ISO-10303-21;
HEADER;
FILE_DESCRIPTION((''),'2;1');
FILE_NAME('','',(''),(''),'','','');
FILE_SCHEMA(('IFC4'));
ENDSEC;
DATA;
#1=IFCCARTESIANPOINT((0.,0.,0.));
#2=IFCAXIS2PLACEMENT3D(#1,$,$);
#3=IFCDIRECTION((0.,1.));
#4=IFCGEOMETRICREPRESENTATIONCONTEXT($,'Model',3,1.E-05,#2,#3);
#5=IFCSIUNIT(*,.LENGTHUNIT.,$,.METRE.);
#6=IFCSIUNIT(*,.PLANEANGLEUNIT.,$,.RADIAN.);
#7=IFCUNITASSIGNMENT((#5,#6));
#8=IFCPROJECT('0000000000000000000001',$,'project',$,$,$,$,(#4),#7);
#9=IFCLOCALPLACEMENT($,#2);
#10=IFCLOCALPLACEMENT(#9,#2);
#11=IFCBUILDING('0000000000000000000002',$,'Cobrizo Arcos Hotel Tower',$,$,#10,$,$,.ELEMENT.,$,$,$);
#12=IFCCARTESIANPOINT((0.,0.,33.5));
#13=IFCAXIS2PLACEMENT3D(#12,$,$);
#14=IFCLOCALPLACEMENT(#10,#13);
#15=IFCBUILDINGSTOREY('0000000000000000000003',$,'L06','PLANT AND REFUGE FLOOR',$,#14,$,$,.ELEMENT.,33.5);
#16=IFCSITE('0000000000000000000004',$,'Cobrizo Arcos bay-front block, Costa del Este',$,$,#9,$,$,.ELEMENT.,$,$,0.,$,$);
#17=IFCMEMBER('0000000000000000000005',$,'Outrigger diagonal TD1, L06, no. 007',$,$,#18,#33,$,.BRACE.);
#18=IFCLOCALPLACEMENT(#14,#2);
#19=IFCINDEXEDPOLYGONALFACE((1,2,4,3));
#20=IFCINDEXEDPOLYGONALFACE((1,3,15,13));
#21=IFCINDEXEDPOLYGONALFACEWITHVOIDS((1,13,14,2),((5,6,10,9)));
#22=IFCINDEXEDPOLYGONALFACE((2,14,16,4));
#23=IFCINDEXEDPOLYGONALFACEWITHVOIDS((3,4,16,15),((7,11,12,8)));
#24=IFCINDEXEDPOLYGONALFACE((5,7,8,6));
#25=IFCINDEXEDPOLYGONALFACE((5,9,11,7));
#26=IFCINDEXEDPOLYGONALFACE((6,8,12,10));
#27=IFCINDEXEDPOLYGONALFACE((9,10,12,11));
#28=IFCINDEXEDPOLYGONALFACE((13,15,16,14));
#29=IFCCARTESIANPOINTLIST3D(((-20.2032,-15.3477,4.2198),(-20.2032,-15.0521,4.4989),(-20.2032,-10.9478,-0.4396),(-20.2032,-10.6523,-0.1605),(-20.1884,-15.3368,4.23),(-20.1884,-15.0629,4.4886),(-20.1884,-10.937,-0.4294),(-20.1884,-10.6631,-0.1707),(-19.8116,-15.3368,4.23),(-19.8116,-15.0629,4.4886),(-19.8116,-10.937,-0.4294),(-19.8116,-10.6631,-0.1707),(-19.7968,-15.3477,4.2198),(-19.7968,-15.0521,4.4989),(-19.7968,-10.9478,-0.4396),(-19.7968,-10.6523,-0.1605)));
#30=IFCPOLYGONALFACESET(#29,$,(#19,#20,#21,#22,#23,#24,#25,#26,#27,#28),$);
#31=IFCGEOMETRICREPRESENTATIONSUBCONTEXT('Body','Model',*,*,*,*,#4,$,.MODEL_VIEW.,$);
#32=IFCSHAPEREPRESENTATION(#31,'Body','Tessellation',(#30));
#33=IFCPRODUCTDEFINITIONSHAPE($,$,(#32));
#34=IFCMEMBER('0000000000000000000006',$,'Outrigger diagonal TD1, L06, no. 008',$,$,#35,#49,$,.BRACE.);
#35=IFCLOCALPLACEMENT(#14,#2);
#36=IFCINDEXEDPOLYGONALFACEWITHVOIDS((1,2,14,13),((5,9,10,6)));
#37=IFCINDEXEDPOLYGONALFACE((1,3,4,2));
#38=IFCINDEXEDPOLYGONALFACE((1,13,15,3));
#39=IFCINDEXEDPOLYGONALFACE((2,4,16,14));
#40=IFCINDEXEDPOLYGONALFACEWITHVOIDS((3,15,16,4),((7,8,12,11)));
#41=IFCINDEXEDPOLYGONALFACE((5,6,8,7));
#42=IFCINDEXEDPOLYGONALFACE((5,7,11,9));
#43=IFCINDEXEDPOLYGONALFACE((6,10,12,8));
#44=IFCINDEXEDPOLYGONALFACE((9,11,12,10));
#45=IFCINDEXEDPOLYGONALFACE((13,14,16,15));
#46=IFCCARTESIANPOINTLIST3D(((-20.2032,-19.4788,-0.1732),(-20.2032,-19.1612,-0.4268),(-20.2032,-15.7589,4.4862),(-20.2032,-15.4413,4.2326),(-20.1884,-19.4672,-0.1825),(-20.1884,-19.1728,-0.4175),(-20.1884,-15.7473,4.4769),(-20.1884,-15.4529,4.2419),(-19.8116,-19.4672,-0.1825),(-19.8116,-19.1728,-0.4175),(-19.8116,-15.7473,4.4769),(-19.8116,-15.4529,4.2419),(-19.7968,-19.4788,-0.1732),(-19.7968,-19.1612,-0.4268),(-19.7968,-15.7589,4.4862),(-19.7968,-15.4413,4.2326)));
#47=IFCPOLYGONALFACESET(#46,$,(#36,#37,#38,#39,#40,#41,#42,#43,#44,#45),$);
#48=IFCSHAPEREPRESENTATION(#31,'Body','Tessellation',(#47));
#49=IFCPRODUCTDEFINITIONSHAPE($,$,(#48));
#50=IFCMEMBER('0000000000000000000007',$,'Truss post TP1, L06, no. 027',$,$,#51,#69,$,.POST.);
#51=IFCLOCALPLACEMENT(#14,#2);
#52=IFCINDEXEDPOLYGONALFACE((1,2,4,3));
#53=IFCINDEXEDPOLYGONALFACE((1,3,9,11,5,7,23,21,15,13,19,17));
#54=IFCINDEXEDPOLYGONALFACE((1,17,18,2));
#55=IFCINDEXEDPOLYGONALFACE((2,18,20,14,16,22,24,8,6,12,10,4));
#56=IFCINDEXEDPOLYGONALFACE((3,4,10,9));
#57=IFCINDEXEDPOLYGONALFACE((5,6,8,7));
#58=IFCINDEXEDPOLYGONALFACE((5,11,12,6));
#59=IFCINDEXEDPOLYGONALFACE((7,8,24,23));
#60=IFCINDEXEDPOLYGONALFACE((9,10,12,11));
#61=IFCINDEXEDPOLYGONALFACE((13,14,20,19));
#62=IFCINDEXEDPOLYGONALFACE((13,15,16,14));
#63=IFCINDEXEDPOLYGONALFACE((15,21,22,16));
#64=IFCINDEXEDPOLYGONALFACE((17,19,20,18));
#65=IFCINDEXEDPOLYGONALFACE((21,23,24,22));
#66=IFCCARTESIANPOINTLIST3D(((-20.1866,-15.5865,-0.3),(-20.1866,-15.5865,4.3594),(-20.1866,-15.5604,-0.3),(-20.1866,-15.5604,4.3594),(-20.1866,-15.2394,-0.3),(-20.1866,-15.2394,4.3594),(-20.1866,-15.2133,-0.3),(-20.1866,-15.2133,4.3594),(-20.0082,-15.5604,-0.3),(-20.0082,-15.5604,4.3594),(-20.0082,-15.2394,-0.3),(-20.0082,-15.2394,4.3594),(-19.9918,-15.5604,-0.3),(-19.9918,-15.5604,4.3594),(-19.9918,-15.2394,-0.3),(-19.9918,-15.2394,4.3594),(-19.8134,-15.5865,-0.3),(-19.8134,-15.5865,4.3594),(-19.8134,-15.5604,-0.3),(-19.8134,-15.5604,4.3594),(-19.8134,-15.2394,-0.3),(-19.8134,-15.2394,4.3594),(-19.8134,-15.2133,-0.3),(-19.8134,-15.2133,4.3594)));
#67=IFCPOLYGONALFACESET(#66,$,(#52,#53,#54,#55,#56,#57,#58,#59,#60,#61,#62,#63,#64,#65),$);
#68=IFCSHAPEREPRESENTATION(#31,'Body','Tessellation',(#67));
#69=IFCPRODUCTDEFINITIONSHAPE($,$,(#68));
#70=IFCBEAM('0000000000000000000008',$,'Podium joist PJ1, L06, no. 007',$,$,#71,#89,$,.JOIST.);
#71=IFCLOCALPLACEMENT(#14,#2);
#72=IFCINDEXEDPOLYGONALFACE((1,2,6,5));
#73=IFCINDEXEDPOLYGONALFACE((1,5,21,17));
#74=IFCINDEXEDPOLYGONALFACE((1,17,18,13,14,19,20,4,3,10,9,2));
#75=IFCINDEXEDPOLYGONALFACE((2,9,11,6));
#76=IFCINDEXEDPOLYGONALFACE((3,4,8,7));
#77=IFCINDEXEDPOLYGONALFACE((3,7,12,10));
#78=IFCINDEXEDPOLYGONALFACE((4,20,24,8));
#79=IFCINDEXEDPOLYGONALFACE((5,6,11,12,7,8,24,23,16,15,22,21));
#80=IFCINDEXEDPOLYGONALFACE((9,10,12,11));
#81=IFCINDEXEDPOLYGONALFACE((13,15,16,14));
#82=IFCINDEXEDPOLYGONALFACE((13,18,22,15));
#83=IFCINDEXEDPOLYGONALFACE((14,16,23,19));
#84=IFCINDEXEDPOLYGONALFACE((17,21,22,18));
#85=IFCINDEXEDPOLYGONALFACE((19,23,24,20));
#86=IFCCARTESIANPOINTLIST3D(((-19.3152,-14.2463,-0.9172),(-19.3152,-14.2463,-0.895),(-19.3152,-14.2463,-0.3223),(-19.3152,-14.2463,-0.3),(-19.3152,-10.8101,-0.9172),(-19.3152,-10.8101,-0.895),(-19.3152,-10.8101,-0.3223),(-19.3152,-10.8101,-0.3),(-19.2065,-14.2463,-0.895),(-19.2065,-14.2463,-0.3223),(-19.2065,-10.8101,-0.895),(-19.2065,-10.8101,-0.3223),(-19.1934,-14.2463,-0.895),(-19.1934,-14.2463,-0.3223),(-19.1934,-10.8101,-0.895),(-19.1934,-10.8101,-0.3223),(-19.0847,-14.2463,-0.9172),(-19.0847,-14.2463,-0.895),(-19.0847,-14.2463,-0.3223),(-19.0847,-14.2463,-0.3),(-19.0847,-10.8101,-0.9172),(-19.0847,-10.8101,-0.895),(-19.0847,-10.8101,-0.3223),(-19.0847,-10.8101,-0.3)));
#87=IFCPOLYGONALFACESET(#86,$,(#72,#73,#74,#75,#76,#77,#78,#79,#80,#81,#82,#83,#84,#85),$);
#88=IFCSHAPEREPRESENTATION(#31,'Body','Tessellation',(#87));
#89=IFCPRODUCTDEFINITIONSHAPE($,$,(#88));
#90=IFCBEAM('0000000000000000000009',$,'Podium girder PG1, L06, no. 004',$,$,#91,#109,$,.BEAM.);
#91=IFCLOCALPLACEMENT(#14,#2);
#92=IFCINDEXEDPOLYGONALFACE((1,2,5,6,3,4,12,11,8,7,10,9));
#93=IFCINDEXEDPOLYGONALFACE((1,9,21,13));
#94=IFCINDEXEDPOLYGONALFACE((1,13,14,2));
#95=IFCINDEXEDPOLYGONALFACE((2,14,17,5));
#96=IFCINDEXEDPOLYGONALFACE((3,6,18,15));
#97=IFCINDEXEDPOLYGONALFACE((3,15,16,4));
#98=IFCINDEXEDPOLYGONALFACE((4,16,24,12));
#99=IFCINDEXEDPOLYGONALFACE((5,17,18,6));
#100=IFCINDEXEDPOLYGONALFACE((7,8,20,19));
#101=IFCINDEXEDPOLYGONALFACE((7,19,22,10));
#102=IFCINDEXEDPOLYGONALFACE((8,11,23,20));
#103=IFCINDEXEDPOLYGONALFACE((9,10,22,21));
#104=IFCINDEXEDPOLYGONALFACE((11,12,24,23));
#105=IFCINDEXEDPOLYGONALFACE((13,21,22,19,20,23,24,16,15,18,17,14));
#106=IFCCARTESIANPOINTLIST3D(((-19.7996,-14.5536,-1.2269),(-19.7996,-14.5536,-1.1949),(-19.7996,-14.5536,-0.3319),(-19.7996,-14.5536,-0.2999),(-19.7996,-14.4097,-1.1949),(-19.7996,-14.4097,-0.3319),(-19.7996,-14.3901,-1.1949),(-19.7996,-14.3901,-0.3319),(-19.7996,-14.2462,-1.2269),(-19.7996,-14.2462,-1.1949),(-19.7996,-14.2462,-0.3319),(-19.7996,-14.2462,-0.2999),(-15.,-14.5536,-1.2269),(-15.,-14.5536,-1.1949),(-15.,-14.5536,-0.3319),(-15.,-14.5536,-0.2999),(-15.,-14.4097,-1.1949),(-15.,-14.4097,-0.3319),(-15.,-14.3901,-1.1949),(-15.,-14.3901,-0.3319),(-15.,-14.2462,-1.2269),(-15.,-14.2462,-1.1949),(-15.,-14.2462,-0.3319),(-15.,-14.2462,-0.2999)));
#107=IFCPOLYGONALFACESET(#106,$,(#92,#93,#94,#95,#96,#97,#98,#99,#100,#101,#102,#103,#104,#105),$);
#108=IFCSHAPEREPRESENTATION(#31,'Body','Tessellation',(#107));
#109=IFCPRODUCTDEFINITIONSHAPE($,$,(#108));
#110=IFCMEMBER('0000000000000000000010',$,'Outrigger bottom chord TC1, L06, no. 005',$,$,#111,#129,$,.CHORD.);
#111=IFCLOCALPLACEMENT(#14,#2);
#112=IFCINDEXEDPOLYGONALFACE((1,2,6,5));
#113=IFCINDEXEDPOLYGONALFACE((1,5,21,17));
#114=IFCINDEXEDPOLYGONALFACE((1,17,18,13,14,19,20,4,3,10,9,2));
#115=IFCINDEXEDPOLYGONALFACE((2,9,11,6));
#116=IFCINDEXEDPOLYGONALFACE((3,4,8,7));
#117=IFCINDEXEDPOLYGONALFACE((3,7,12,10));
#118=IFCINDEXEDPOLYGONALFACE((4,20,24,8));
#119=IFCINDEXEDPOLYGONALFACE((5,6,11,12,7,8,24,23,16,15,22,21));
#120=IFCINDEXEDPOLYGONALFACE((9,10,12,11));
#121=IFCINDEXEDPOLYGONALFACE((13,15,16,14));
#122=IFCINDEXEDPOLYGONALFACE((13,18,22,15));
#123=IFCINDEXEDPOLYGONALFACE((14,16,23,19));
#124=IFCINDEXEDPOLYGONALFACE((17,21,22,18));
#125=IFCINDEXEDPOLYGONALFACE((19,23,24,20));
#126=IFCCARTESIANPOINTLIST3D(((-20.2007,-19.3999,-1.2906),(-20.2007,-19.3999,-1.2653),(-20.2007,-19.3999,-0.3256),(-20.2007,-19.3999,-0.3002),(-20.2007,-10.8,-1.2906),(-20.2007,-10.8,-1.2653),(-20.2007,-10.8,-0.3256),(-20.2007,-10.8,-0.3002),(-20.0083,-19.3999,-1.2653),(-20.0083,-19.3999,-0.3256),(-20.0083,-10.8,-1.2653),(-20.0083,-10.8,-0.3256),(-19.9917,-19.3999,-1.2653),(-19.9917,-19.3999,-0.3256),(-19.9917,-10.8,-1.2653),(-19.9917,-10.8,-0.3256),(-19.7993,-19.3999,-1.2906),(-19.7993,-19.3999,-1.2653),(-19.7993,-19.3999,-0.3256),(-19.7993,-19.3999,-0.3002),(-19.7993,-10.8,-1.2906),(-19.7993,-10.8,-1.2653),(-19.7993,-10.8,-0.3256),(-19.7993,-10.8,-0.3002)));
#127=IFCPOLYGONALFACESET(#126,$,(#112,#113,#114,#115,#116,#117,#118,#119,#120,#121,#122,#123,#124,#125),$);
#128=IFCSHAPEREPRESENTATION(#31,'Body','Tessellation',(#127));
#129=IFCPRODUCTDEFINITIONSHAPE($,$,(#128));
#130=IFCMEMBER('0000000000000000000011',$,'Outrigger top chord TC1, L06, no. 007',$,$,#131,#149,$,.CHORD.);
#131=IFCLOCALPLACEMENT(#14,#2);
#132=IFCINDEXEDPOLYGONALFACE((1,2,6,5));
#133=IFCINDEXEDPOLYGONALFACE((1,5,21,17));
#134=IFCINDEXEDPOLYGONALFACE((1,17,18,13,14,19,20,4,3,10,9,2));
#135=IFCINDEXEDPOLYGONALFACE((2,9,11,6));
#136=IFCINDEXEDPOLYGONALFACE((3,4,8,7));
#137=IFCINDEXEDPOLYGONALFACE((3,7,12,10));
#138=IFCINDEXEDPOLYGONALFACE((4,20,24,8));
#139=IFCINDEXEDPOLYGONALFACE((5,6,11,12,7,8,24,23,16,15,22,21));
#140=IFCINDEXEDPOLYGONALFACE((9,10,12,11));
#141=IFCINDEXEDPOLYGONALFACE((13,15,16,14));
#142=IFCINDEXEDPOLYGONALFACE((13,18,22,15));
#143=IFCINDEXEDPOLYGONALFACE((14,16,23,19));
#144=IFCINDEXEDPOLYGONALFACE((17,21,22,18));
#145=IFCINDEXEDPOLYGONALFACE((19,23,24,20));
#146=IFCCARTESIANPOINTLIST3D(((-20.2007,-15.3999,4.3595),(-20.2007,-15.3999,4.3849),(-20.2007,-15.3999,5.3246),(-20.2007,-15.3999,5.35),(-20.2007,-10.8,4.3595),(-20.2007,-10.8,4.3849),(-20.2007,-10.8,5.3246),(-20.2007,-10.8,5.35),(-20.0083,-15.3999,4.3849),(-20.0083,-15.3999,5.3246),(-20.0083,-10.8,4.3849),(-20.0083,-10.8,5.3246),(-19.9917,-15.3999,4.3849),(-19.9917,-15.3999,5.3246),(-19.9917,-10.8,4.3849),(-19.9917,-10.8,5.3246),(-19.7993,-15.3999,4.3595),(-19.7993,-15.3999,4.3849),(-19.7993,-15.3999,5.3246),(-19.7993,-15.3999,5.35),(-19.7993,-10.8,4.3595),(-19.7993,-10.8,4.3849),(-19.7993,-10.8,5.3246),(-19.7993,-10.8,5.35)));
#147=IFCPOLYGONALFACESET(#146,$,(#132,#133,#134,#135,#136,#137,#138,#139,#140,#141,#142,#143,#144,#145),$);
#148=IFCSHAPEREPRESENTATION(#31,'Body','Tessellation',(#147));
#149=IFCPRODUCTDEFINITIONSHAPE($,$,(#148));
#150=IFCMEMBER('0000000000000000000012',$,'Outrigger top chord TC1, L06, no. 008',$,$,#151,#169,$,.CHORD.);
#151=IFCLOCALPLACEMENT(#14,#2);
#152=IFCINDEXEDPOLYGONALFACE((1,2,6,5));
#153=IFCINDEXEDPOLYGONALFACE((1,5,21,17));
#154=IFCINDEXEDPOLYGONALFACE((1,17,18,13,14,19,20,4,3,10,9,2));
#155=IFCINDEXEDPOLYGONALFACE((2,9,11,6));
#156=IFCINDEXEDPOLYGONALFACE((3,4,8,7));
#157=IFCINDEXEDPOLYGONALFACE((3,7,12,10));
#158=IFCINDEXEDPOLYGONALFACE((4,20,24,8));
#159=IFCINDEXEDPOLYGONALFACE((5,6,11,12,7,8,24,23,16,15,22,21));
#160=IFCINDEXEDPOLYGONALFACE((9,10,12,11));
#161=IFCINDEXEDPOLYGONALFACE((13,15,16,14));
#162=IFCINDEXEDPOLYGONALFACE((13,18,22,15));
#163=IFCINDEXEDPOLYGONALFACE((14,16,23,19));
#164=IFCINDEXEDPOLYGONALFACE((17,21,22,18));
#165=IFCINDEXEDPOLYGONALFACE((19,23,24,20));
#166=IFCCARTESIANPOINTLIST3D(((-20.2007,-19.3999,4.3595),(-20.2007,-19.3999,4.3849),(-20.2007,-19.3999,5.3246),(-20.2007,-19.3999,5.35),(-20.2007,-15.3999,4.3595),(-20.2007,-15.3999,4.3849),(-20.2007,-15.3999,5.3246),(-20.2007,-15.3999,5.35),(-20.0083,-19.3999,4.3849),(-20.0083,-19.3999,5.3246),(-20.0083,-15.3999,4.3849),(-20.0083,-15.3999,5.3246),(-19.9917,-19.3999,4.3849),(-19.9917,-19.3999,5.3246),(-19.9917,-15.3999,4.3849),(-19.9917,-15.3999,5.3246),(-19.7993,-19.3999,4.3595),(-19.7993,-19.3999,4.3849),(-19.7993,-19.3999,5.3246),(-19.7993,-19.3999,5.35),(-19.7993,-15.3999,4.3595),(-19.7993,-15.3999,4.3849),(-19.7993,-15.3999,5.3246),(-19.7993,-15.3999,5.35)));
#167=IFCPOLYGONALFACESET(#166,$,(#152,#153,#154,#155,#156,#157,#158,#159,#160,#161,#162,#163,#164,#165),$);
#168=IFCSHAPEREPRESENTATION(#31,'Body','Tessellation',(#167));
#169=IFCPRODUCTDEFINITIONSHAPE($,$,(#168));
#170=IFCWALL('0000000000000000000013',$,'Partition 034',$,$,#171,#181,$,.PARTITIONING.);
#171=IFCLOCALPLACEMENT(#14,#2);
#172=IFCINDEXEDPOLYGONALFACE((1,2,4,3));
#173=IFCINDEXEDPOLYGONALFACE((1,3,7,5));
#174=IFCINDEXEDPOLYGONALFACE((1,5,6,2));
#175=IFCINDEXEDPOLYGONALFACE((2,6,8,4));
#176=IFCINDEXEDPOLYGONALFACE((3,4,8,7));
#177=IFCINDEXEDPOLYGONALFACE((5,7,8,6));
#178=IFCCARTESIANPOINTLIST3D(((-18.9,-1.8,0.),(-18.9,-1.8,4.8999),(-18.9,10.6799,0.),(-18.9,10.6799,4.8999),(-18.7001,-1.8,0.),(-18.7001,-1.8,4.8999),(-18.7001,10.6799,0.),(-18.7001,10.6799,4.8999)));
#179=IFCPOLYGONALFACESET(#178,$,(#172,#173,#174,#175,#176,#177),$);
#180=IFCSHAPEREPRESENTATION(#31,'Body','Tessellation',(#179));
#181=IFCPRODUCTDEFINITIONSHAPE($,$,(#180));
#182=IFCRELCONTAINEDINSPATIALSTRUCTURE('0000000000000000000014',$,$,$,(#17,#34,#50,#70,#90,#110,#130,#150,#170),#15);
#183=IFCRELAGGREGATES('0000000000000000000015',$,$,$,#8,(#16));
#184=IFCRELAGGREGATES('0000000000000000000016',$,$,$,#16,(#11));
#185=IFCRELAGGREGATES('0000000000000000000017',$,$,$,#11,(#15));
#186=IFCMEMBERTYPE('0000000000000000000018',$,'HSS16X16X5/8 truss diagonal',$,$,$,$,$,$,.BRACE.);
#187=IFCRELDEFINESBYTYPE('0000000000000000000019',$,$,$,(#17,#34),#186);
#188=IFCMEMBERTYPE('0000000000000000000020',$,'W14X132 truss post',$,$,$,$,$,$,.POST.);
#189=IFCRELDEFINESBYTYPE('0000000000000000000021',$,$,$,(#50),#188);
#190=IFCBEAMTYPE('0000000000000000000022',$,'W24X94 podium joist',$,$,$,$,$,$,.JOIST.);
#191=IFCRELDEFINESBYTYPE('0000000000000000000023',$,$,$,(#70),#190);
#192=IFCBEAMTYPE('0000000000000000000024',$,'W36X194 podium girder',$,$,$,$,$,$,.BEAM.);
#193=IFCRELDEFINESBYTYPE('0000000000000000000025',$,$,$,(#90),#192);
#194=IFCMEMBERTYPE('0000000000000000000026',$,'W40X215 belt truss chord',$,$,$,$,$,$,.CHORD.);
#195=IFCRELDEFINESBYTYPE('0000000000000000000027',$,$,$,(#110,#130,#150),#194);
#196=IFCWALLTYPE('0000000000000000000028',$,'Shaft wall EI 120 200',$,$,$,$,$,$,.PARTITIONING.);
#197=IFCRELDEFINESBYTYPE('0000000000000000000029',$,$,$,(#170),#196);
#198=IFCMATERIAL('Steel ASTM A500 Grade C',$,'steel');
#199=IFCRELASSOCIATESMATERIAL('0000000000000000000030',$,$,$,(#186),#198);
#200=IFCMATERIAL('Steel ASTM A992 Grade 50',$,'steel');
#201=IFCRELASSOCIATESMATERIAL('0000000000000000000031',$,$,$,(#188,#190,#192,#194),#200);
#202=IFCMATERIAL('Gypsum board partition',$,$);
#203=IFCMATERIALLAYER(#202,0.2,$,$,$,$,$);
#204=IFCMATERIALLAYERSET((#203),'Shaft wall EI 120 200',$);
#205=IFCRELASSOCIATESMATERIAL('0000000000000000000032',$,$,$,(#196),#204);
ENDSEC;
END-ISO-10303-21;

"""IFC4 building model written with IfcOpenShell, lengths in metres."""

from ifc_helpers import new_model, si_unit, direction, frame, frame_2d, origin, origin_2d, place, context, subcontext, project, spatial, rectangle, hollow_rectangle, i_section, extrude, material, layer, layer_set, material_profile, profile_set, type_object, element, save


model = new_model("IFC4")

# Units and contexts
model_context = context("Model", 3, precision=1e-05, world=origin(), true_north=direction((0.0, 1.0)))
body_context = subcontext(model_context, "Body", "Model", "MODEL_VIEW")
ifc_project = project(units=[si_unit("LENGTHUNIT", "METRE"), si_unit("PLANEANGLEUNIT", "RADIAN")], contexts=[model_context])

# Site, building, storey
site_placement = place(None, origin())
site = spatial("IfcSite", under=ifc_project, at=site_placement, Name="Cobrizo Arcos bay-front block, Costa del Este", CompositionType="ELEMENT", RefElevation=0.0)
building_placement = place(site_placement, origin())
building = spatial("IfcBuilding", under=site, at=building_placement, Name="Cobrizo Arcos Hotel Tower", CompositionType="ELEMENT")
storey_placement = place(building_placement, frame((0.0, 0.0, 33.5)))
storey = spatial("IfcBuildingStorey", under=building, at=storey_placement, Name="L06", Description="PLANT AND REFUGE FLOOR", CompositionType="ELEMENT", Elevation=33.5)

# Members
ifc_material_1 = material(Name="Steel ASTM A500 Grade C", Category="steel")
ifc_material_profile_1 = material_profile(ifc_material_1, hollow_rectangle(XDim=0.4065, YDim=0.4065, WallThickness=0.0149, at=origin_2d()), Name="HSS16X16X5/8")
ifc_profile_set_1 = profile_set([ifc_material_profile_1], Name="Steel ASTM A500 Grade C")
member_type_1 = type_object("IfcMemberType", Name="HSS16X16X5/8 truss diagonal", PredefinedType="BRACE", material=ifc_profile_set_1)
member_1_placement = place(storey_placement, frame((-20.0, -10.8, -0.3), z_axis=(0.0, -0.686569, 0.727065), x_axis=(1.0, 0.0, 0.0)))
element("IfcMember", 1, at=member_1_placement, inside=storey, type_object=member_type_1, Name="Outrigger diagonal TD1, L06, no. 007", PredefinedType="BRACE", context=body_context, shape_type="SweptSolid", body=[
    extrude(hollow_rectangle(XDim=0.4065, YDim=0.4065, WallThickness=0.0149, at=origin_2d()), origin(), (0.0, 0.0, 1.0), 6.4084),
])
member_2_placement = place(storey_placement, frame((-20.0, -15.6001, 4.3594), z_axis=(0.0, -0.623921, -0.781488), x_axis=(1.0, 0.0, 0.0)))
element("IfcMember", 2, at=member_2_placement, inside=storey, type_object=member_type_1, Name="Outrigger diagonal TD1, L06, no. 008", PredefinedType="BRACE", context=body_context, shape_type="SweptSolid", body=[
    extrude(hollow_rectangle(XDim=0.4065, YDim=0.4065, WallThickness=0.0149, at=origin_2d()), origin(), (0.0, 0.0, 1.0), 5.9622),
])
ifc_material_2 = material(Name="Steel ASTM A992 Grade 50", Category="steel")
ifc_material_profile_2 = material_profile(ifc_material_2, i_section(OverallWidth=0.3733, OverallDepth=0.3733, WebThickness=0.0164, FlangeThickness=0.0261, at=origin_2d()), Name="W14X132")
ifc_profile_set_2 = profile_set([ifc_material_profile_2], Name="Steel ASTM A992 Grade 50")
member_type_2 = type_object("IfcMemberType", Name="W14X132 truss post", PredefinedType="POST", material=ifc_profile_set_2)
member_3_placement = place(storey_placement, frame((-20.0, -15.3999, -0.3), z_axis=(0.0, 0.0, 1.0), x_axis=(1.0, 0.0, 0.0)))
element("IfcMember", 3, at=member_3_placement, inside=storey, type_object=member_type_2, Name="Truss post TP1, L06, no. 027", PredefinedType="POST", context=body_context, shape_type="SweptSolid", body=[
    extrude(i_section(OverallWidth=0.3733, OverallDepth=0.3733, WebThickness=0.0164, FlangeThickness=0.0261, at=origin_2d()), origin(), (0.0, 0.0, 1.0), 4.6594),
])

# Beams
ifc_material_profile_3 = material_profile(ifc_material_2, i_section(OverallWidth=0.2305, OverallDepth=0.6172, WebThickness=0.0132, FlangeThickness=0.0222, at=origin_2d()), Name="W24X94")
ifc_profile_set_3 = profile_set([ifc_material_profile_3], Name="Steel ASTM A992 Grade 50")
beam_type_1 = type_object("IfcBeamType", Name="W24X94 podium joist", PredefinedType="JOIST", material=ifc_profile_set_3)
beam_1_placement = place(storey_placement, frame((-19.2, -14.2463, -0.6086), z_axis=(0.0, 1.0, 0.0), x_axis=(-1.0, 0.0, 0.0)))
element("IfcBeam", 4, at=beam_1_placement, inside=storey, type_object=beam_type_1, Name="Podium joist PJ1, L06, no. 007", PredefinedType="JOIST", context=body_context, shape_type="SweptSolid", body=[
    extrude(i_section(OverallWidth=0.2305, OverallDepth=0.6172, WebThickness=0.0132, FlangeThickness=0.0222, at=origin_2d()), origin(), (0.0, 0.0, 1.0), 3.4363),
])
ifc_material_profile_4 = material_profile(ifc_material_2, i_section(OverallWidth=0.3074, OverallDepth=0.927, WebThickness=0.0195, FlangeThickness=0.032, at=origin_2d()), Name="W36X194")
ifc_profile_set_4 = profile_set([ifc_material_profile_4], Name="Steel ASTM A992 Grade 50")
beam_type_2 = type_object("IfcBeamType", Name="W36X194 podium girder", PredefinedType="BEAM", material=ifc_profile_set_4)
beam_2_placement = place(storey_placement, frame((-19.7996, -14.3999, -0.7634), z_axis=(1.0, 0.0, 0.0), x_axis=(0.0, 1.0, 0.0)))
element("IfcBeam", 5, at=beam_2_placement, inside=storey, type_object=beam_type_2, Name="Podium girder PG1, L06, no. 004", PredefinedType="BEAM", context=body_context, shape_type="SweptSolid", body=[
    extrude(i_section(OverallWidth=0.3074, OverallDepth=0.927, WebThickness=0.0195, FlangeThickness=0.032, at=origin_2d()), origin(), (0.0, 0.0, 1.0), 4.7996),
])

# Members
ifc_material_profile_5 = material_profile(ifc_material_2, i_section(OverallWidth=0.4014, OverallDepth=0.9905, WebThickness=0.0166, FlangeThickness=0.0254, at=origin_2d()), Name="W40X215")
ifc_profile_set_5 = profile_set([ifc_material_profile_5], Name="Steel ASTM A992 Grade 50")
member_type_3 = type_object("IfcMemberType", Name="W40X215 belt truss chord", PredefinedType="CHORD", material=ifc_profile_set_5)
member_4_placement = place(storey_placement, frame((-20.0, -10.8, -0.7954), z_axis=(0.0, -1.0, 0.0), x_axis=(1.0, 0.0, 0.0)))
element("IfcMember", 6, at=member_4_placement, inside=storey, type_object=member_type_3, Name="Outrigger bottom chord TC1, L06, no. 005", PredefinedType="CHORD", context=body_context, shape_type="SweptSolid", body=[
    extrude(i_section(OverallWidth=0.4014, OverallDepth=0.9905, WebThickness=0.0166, FlangeThickness=0.0254, at=origin_2d()), origin(), (0.0, 0.0, 1.0), 8.5999),
])
member_5_placement = place(storey_placement, frame((-20.0, -10.8, 4.8547), z_axis=(0.0, -1.0, 0.0), x_axis=(1.0, 0.0, 0.0)))
element("IfcMember", 7, at=member_5_placement, inside=storey, type_object=member_type_3, Name="Outrigger top chord TC1, L06, no. 007", PredefinedType="CHORD", context=body_context, shape_type="SweptSolid", body=[
    extrude(i_section(OverallWidth=0.4014, OverallDepth=0.9905, WebThickness=0.0166, FlangeThickness=0.0254, at=origin_2d()), origin(), (0.0, 0.0, 1.0), 4.5999),
])
member_6_placement = place(storey_placement, frame((-20.0, -15.3999, 4.8547), z_axis=(0.0, -1.0, 0.0), x_axis=(1.0, 0.0, 0.0)))
element("IfcMember", 8, at=member_6_placement, inside=storey, type_object=member_type_3, Name="Outrigger top chord TC1, L06, no. 008", PredefinedType="CHORD", context=body_context, shape_type="SweptSolid", body=[
    extrude(i_section(OverallWidth=0.4014, OverallDepth=0.9905, WebThickness=0.0166, FlangeThickness=0.0254, at=origin_2d()), origin(), (0.0, 0.0, 1.0), 4.0),
])

# Wall
ifc_material_3 = material(Name="Gypsum board partition")
ifc_layer_1 = layer(ifc_material_3, 0.2)
ifc_layer_set_1 = layer_set([ifc_layer_1], Name="Shaft wall EI 120 200")
wall_type_1 = type_object("IfcWallType", Name="Shaft wall EI 120 200", PredefinedType="PARTITIONING", material=ifc_layer_set_1)
wall_1_placement = place(storey_placement, frame((-18.8, -1.8, 0.0), z_axis=(0.0, 0.0, 1.0), x_axis=(0.0, 1.0, 0.0)))
element("IfcWall", 9, at=wall_1_placement, inside=storey, type_object=wall_type_1, Name="Partition 034", PredefinedType="PARTITIONING", context=body_context, shape_type="SweptSolid", body=[
    extrude(rectangle(XDim=12.48, YDim=0.2, at=frame_2d((6.24, 0.0))), origin(), (0.0, 0.0, 1.0), 4.8999),
])

save(model, "model.ifc")
